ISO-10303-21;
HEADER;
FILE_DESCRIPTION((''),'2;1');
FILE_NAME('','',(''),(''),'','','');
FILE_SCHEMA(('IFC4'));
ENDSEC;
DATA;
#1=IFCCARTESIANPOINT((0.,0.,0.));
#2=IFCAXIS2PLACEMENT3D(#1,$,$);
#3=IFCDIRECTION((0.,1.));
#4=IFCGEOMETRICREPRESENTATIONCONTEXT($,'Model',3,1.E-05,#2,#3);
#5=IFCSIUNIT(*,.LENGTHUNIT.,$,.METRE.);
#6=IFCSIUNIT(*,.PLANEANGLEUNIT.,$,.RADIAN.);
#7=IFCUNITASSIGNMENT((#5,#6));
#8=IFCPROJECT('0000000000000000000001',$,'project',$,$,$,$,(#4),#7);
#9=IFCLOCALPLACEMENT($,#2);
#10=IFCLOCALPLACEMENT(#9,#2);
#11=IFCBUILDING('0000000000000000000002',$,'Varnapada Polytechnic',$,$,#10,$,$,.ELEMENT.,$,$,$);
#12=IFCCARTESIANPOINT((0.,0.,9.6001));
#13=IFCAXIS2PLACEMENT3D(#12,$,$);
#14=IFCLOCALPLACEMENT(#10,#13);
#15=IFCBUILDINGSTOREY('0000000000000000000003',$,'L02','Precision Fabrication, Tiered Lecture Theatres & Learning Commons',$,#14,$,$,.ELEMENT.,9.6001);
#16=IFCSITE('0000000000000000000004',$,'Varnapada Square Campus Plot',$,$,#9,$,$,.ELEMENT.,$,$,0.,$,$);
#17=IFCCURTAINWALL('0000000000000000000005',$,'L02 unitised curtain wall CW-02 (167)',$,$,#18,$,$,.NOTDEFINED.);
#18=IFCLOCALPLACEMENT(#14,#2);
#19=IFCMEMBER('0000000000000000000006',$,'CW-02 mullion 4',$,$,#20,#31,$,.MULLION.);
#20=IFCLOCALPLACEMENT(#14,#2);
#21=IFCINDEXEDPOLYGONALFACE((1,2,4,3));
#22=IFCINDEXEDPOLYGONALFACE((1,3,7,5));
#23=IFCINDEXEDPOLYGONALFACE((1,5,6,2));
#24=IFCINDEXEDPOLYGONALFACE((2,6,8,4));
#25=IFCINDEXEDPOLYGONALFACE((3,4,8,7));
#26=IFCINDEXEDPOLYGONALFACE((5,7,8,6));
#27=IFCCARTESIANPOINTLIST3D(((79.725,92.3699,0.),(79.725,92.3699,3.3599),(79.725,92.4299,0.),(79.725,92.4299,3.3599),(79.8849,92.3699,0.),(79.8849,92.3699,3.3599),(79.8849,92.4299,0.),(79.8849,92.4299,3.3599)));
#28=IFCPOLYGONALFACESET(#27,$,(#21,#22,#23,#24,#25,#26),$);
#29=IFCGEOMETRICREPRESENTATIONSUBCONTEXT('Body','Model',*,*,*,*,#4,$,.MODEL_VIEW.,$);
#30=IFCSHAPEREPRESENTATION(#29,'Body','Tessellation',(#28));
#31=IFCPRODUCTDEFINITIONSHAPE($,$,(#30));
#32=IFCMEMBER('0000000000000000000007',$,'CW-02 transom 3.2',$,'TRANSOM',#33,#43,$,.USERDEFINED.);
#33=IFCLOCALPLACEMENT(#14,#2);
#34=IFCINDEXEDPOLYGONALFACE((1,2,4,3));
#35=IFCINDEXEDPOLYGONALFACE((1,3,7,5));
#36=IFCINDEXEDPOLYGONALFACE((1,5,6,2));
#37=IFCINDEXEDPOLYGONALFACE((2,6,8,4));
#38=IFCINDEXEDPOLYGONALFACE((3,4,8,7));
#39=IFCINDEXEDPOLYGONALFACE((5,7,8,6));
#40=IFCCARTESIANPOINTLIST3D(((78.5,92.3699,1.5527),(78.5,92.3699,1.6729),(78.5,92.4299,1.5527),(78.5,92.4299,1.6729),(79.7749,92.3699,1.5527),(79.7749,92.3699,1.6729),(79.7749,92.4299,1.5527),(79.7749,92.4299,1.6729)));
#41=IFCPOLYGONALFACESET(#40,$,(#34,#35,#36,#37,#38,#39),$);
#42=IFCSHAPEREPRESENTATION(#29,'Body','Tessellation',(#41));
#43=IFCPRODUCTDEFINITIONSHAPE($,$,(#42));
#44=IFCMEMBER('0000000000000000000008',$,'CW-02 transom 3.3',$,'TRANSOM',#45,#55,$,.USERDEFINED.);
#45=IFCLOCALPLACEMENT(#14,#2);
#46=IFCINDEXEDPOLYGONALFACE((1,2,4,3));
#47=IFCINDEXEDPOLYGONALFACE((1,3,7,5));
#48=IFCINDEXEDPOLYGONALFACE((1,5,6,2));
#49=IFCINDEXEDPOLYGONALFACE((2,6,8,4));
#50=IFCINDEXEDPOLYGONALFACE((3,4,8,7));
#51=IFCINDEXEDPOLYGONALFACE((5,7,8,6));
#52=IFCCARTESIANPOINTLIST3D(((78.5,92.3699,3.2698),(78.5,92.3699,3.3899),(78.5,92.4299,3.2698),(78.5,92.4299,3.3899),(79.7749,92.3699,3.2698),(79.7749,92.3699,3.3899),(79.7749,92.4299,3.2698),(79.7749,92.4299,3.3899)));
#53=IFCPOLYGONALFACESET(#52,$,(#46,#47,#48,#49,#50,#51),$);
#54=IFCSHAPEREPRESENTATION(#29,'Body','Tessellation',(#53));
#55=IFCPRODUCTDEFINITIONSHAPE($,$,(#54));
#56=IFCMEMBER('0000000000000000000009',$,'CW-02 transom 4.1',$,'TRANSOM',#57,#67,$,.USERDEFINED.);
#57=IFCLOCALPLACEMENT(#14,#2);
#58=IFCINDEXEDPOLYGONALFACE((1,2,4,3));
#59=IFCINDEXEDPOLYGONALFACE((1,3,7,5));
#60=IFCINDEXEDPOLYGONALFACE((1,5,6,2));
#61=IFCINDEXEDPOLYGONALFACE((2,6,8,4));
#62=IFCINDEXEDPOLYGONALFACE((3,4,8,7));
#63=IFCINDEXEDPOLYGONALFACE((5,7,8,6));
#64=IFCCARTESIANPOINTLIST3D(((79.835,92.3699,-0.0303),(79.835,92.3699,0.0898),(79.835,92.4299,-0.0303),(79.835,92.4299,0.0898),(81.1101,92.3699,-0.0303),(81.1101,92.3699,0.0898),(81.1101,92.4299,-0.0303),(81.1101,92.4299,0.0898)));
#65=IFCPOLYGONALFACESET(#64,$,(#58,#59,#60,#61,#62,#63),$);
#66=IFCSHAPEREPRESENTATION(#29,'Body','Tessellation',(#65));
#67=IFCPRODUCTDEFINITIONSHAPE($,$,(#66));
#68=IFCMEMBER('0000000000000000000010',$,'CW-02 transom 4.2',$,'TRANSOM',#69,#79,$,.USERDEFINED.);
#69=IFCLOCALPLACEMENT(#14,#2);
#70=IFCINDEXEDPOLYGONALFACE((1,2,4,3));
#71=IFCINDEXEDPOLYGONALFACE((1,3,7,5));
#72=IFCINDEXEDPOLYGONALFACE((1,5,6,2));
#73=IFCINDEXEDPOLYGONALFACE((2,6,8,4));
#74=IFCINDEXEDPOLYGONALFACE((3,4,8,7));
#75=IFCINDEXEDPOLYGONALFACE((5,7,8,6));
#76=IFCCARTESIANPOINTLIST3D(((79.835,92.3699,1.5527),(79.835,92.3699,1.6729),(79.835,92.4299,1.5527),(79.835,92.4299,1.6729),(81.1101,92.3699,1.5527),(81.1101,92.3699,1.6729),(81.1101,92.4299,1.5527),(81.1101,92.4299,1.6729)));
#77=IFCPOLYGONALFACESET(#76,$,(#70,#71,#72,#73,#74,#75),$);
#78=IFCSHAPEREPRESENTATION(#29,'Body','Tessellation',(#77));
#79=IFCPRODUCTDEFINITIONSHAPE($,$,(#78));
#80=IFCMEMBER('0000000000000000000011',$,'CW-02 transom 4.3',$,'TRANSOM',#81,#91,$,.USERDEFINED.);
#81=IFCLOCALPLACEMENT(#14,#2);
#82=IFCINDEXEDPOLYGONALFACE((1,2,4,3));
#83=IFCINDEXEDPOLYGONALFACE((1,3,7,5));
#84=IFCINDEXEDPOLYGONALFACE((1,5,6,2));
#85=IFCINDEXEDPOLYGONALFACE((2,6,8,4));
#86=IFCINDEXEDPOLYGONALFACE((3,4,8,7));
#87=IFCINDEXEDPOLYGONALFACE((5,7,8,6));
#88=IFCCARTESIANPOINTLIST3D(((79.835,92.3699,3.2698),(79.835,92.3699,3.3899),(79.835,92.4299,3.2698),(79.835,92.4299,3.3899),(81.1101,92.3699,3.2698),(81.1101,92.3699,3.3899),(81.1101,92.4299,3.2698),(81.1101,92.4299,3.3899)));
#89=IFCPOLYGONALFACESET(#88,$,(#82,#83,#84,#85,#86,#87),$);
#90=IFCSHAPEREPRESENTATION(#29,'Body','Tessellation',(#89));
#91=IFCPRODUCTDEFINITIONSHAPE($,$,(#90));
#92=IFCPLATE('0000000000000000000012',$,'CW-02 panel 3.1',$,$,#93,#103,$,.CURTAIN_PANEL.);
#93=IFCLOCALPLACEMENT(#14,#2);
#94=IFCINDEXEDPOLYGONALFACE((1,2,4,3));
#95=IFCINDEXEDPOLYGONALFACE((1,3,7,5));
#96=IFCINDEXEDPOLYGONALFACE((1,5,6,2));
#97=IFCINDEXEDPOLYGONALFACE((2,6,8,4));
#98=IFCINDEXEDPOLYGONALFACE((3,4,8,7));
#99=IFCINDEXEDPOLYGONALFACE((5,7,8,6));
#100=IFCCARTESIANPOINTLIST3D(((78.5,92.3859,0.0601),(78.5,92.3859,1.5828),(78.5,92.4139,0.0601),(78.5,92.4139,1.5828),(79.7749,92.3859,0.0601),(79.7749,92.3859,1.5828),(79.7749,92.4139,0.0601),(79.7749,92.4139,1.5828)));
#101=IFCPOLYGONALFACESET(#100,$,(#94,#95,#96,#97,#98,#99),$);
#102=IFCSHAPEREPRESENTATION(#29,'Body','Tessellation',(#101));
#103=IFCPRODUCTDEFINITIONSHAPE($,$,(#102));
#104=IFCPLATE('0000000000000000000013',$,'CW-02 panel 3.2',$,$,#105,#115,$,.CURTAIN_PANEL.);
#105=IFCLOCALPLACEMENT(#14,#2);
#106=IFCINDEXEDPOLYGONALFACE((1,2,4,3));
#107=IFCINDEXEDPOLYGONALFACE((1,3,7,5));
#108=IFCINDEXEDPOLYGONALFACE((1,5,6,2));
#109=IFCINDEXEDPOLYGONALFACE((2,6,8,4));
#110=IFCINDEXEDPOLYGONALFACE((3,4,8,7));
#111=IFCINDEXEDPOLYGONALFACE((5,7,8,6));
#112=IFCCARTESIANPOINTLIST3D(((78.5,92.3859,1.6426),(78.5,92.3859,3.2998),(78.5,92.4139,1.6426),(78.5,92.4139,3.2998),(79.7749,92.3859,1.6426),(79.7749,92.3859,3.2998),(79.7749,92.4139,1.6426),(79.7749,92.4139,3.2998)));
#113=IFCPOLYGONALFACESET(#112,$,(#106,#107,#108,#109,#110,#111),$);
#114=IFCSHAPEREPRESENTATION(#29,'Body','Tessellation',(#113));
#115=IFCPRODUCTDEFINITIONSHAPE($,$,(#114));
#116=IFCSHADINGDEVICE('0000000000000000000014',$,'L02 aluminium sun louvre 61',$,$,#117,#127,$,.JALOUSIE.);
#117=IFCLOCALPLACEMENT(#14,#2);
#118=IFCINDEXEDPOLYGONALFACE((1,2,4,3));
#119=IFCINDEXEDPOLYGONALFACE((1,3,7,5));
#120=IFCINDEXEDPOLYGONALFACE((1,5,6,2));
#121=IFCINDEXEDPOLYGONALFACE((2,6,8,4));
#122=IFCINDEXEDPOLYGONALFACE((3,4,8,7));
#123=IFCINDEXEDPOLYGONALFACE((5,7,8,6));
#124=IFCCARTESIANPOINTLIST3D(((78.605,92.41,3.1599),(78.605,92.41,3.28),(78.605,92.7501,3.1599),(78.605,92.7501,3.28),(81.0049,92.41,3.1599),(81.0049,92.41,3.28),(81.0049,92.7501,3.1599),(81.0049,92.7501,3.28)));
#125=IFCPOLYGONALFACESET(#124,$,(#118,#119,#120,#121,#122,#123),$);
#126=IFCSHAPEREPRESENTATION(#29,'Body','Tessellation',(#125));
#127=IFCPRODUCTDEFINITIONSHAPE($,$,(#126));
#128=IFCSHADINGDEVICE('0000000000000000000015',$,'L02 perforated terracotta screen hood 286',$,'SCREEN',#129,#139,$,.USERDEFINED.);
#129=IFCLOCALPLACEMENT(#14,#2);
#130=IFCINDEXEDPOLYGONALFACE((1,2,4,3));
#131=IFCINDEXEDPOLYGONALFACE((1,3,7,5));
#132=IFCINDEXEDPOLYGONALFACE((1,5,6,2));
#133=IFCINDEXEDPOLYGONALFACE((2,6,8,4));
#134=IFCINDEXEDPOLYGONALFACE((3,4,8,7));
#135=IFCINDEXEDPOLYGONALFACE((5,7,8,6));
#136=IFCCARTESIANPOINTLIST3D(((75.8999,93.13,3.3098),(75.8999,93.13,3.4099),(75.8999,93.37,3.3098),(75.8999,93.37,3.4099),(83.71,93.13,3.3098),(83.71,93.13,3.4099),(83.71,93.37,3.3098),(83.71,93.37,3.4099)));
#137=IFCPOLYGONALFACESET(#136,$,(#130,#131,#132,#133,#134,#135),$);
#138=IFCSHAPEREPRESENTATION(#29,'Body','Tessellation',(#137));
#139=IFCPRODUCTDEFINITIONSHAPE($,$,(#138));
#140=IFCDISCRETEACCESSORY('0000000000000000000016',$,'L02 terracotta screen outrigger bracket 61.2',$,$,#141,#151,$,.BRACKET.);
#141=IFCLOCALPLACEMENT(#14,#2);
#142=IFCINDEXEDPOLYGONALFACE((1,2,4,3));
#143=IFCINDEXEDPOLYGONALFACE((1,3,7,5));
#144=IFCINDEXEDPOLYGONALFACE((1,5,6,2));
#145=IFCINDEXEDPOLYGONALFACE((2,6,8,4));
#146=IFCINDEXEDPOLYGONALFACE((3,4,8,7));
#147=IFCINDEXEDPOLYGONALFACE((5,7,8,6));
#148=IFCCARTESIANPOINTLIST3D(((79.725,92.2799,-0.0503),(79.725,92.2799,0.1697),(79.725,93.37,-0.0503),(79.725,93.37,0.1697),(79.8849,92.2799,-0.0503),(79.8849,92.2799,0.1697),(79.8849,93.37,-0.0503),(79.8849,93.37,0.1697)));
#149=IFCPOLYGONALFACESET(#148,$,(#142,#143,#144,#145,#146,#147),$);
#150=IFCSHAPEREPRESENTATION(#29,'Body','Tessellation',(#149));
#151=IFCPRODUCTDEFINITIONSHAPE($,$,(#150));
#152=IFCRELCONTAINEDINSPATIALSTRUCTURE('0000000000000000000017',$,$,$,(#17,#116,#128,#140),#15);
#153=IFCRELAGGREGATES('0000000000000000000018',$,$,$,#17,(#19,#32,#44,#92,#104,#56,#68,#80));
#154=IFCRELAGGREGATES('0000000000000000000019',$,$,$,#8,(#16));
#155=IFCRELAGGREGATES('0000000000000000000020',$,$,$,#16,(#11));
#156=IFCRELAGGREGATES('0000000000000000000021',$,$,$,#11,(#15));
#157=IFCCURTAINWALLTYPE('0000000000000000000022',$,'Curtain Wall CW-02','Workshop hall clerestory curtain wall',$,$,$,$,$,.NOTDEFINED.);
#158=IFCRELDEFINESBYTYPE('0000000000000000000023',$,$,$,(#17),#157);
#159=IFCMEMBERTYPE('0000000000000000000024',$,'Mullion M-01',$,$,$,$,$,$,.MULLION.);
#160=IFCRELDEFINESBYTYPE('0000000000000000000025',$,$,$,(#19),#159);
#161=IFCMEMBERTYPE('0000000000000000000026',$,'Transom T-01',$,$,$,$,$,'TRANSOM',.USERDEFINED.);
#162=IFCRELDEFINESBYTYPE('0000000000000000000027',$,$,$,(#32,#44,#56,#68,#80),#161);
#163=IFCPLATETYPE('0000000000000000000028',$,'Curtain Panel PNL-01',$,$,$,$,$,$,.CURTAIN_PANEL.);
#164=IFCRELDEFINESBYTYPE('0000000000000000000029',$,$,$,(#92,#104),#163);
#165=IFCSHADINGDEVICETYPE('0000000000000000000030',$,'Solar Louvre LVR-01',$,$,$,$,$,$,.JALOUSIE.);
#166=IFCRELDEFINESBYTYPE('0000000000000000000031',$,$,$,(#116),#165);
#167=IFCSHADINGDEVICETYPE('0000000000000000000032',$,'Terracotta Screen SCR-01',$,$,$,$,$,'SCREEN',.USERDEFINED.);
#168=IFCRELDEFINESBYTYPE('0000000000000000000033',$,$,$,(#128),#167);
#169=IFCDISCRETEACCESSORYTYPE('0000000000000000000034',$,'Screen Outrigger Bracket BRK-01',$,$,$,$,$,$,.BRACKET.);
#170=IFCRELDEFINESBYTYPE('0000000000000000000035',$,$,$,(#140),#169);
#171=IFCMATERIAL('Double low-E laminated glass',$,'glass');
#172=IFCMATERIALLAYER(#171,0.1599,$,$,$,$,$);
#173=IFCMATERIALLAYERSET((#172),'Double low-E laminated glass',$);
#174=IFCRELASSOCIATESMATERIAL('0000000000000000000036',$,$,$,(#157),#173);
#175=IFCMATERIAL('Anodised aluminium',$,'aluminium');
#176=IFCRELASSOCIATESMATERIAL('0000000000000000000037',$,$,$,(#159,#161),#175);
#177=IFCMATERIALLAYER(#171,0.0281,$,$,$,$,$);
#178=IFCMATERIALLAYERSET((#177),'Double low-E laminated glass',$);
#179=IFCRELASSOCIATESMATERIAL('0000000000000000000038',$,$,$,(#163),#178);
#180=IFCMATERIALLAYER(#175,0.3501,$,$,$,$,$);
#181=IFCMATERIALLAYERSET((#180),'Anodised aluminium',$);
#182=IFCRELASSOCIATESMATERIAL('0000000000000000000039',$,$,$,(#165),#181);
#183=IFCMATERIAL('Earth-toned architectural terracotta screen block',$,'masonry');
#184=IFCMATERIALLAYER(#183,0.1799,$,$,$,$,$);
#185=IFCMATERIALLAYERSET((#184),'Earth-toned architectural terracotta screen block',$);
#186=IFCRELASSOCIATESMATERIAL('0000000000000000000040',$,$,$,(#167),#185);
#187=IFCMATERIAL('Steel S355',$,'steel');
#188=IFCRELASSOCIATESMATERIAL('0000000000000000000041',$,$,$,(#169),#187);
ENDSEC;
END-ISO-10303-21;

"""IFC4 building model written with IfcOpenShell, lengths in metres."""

from ifc_helpers import new_model, si_unit, direction, frame, origin, origin_2d, place, context, subcontext, project, spatial, rectangle, extrude, material, layer, layer_set, material_profile, profile_set, type_object, element, aggregate, save


model = new_model("IFC4")

# Units and contexts
model_context = context("Model", 3, precision=1e-05, world=origin(), true_north=direction((0.0, 1.0)))
body_context = subcontext(model_context, "Body", "Model", "MODEL_VIEW")
ifc_project = project(units=[si_unit("LENGTHUNIT", "METRE"), si_unit("PLANEANGLEUNIT", "RADIAN")], contexts=[model_context])

# Site, building, storey
site_placement = place(None, origin())
site = spatial("IfcSite", under=ifc_project, at=site_placement, Name="Varnapada Square Campus Plot", CompositionType="ELEMENT", RefElevation=0.0)
building_placement = place(site_placement, origin())
building = spatial("IfcBuilding", under=site, at=building_placement, Name="Varnapada Polytechnic", CompositionType="ELEMENT")
storey_placement = place(building_placement, frame((0.0, 0.0, 9.6001)))
storey = spatial("IfcBuildingStorey", under=building, at=storey_placement, Name="L02", Description="Precision Fabrication, Tiered Lecture Theatres & Learning Commons", CompositionType="ELEMENT", Elevation=9.6001)

# Curtain wall, members, plates
ifc_material_1 = material(Name="Double low-E laminated glass", Category="glass")
ifc_layer_1 = layer(ifc_material_1, 0.1599)
ifc_layer_set_1 = layer_set([ifc_layer_1], Name="Double low-E laminated glass")
curtain_wall_type = type_object("IfcCurtainWallType", Name="Curtain Wall CW-02", Description="Workshop hall clerestory curtain wall", PredefinedType="NOTDEFINED", material=ifc_layer_set_1)
curtain_wall_placement = place(storey_placement, origin())
curtain_wall = element("IfcCurtainWall", 1, at=curtain_wall_placement, inside=storey, type_object=curtain_wall_type, Name="L02 unitised curtain wall CW-02 (167)", PredefinedType="NOTDEFINED")
ifc_material_2 = material(Name="Anodised aluminium", Category="aluminium")
ifc_material_profile_1 = material_profile(ifc_material_2, rectangle(XDim=0.0601, YDim=0.1599, at=origin_2d()), Name="ALU M60x160")
ifc_profile_set_1 = profile_set([ifc_material_profile_1], Name="Anodised aluminium")
member_type_1 = type_object("IfcMemberType", Name="Mullion M-01", PredefinedType="MULLION", material=ifc_profile_set_1)
member_1_placement = place(storey_placement, frame((79.8049, 92.3999, 0.0), z_axis=(0.0, 0.0, 1.0), x_axis=(0.0, 1.0, 0.0)))
member_1 = element("IfcMember", 2, at=member_1_placement, type_object=member_type_1, Name="CW-02 mullion 4", PredefinedType="MULLION", context=body_context, shape_type="SweptSolid", body=[
    extrude(rectangle(XDim=0.0601, YDim=0.1599, at=origin_2d()), origin(), (0.0, 0.0, 1.0), 3.3599),
])
ifc_material_profile_2 = material_profile(ifc_material_2, rectangle(XDim=0.0601, YDim=0.1201, at=origin_2d()), Name="ALU T60x120")
ifc_profile_set_2 = profile_set([ifc_material_profile_2], Name="Anodised aluminium")
member_type_2 = type_object("IfcMemberType", Name="Transom T-01", ElementType="TRANSOM", PredefinedType="USERDEFINED", material=ifc_profile_set_2)
member_2_placement = place(storey_placement, frame((78.5, 92.3999, 1.6128), z_axis=(1.0, 0.0, 0.0), x_axis=(0.0, 1.0, 0.0)))
member_2 = element("IfcMember", 3, at=member_2_placement, type_object=member_type_2, Name="CW-02 transom 3.2", ObjectType="TRANSOM", PredefinedType="USERDEFINED", context=body_context, shape_type="SweptSolid", body=[
    extrude(rectangle(XDim=0.0601, YDim=0.1201, at=origin_2d()), origin(), (0.0, 0.0, 1.0), 1.2749),
])
member_3_placement = place(storey_placement, frame((78.5, 92.3999, 3.3298), z_axis=(1.0, 0.0, 0.0), x_axis=(0.0, 1.0, 0.0)))
member_3 = element("IfcMember", 4, at=member_3_placement, type_object=member_type_2, Name="CW-02 transom 3.3", ObjectType="TRANSOM", PredefinedType="USERDEFINED", context=body_context, shape_type="SweptSolid", body=[
    extrude(rectangle(XDim=0.0601, YDim=0.1201, at=origin_2d()), origin(), (0.0, 0.0, 1.0), 1.2749),
])
member_4_placement = place(storey_placement, frame((79.835, 92.3999, 0.0298), z_axis=(1.0, 0.0, 0.0), x_axis=(0.0, 1.0, 0.0)))
member_4 = element("IfcMember", 5, at=member_4_placement, type_object=member_type_2, Name="CW-02 transom 4.1", ObjectType="TRANSOM", PredefinedType="USERDEFINED", context=body_context, shape_type="SweptSolid", body=[
    extrude(rectangle(XDim=0.0601, YDim=0.1201, at=origin_2d()), origin(), (0.0, 0.0, 1.0), 1.2751),
])
member_5_placement = place(storey_placement, frame((79.835, 92.3999, 1.6128), z_axis=(1.0, 0.0, 0.0), x_axis=(0.0, 1.0, 0.0)))
member_5 = element("IfcMember", 6, at=member_5_placement, type_object=member_type_2, Name="CW-02 transom 4.2", ObjectType="TRANSOM", PredefinedType="USERDEFINED", context=body_context, shape_type="SweptSolid", body=[
    extrude(rectangle(XDim=0.0601, YDim=0.1201, at=origin_2d()), origin(), (0.0, 0.0, 1.0), 1.2751),
])
member_6_placement = place(storey_placement, frame((79.835, 92.3999, 3.3298), z_axis=(1.0, 0.0, 0.0), x_axis=(0.0, 1.0, 0.0)))
member_6 = element("IfcMember", 7, at=member_6_placement, type_object=member_type_2, Name="CW-02 transom 4.3", ObjectType="TRANSOM", PredefinedType="USERDEFINED", context=body_context, shape_type="SweptSolid", body=[
    extrude(rectangle(XDim=0.0601, YDim=0.1201, at=origin_2d()), origin(), (0.0, 0.0, 1.0), 1.2751),
])
ifc_layer_2 = layer(ifc_material_1, 0.0281)
ifc_layer_set_2 = layer_set([ifc_layer_2], Name="Double low-E laminated glass")
plate_type = type_object("IfcPlateType", Name="Curtain Panel PNL-01", PredefinedType="CURTAIN_PANEL", material=ifc_layer_set_2)
plate_1_placement = place(storey_placement, frame((79.1375, 92.3999, 0.0601), z_axis=(0.0, 0.0, 1.0), x_axis=(1.0, 0.0, 0.0)))
plate_1 = element("IfcPlate", 8, at=plate_1_placement, type_object=plate_type, Name="CW-02 panel 3.1", PredefinedType="CURTAIN_PANEL", context=body_context, shape_type="SweptSolid", body=[
    extrude(rectangle(XDim=1.2749, YDim=0.0281, at=origin_2d()), origin(), (0.0, 0.0, 1.0), 1.5227),
])
plate_2_placement = place(storey_placement, frame((79.1375, 92.3999, 1.6426), z_axis=(0.0, 0.0, 1.0), x_axis=(1.0, 0.0, 0.0)))
plate_2 = element("IfcPlate", 9, at=plate_2_placement, type_object=plate_type, Name="CW-02 panel 3.2", PredefinedType="CURTAIN_PANEL", context=body_context, shape_type="SweptSolid", body=[
    extrude(rectangle(XDim=1.2749, YDim=0.0281, at=origin_2d()), origin(), (0.0, 0.0, 1.0), 1.6572),
])
aggregate(curtain_wall, [member_1, member_2, member_3, plate_1, plate_2, member_4, member_5, member_6])

# Shading devices
ifc_layer_3 = layer(ifc_material_2, 0.3501)
ifc_layer_set_3 = layer_set([ifc_layer_3], Name="Anodised aluminium")
shading_device_type_1 = type_object("IfcShadingDeviceType", Name="Solar Louvre LVR-01", PredefinedType="JALOUSIE", material=ifc_layer_set_3)
shading_device_1_placement = place(storey_placement, frame((79.8049, 92.5801, 3.1599), z_axis=(0.0, 0.0, 1.0), x_axis=(1.0, 0.0, 0.0)))
element("IfcShadingDevice", 10, at=shading_device_1_placement, inside=storey, type_object=shading_device_type_1, Name="L02 aluminium sun louvre 61", PredefinedType="JALOUSIE", context=body_context, shape_type="SweptSolid", body=[
    extrude(rectangle(XDim=2.3999, YDim=0.3401, at=origin_2d()), origin(), (0.0, 0.0, 1.0), 0.1201),
])
ifc_material_3 = material(Name="Earth-toned architectural terracotta screen block", Category="masonry")
ifc_layer_4 = layer(ifc_material_3, 0.1799)
ifc_layer_set_4 = layer_set([ifc_layer_4], Name="Earth-toned architectural terracotta screen block")
shading_device_type_2 = type_object("IfcShadingDeviceType", Name="Terracotta Screen SCR-01", ElementType="SCREEN", PredefinedType="USERDEFINED", material=ifc_layer_set_4)
shading_device_2_placement = place(storey_placement, frame((79.8049, 93.25, 3.3098), z_axis=(0.0, 0.0, 1.0), x_axis=(1.0, 0.0, 0.0)))
element("IfcShadingDevice", 11, at=shading_device_2_placement, inside=storey, type_object=shading_device_type_2, Name="L02 perforated terracotta screen hood 286", ObjectType="SCREEN", PredefinedType="USERDEFINED", context=body_context, shape_type="SweptSolid", body=[
    extrude(rectangle(XDim=7.8101, YDim=0.24, at=origin_2d()), origin(), (0.0, 0.0, 1.0), 0.1001),
])

# Discrete accessory
ifc_material_4 = material(Name="Steel S355", Category="steel")
discrete_accessory_type = type_object("IfcDiscreteAccessoryType", Name="Screen Outrigger Bracket BRK-01", PredefinedType="BRACKET", material=ifc_material_4)
discrete_accessory_placement = place(storey_placement, frame((79.8049, 92.825, -0.0503), z_axis=(0.0, 0.0, 1.0), x_axis=(1.0, 0.0, 0.0)))
element("IfcDiscreteAccessory", 12, at=discrete_accessory_placement, inside=storey, type_object=discrete_accessory_type, Name="L02 terracotta screen outrigger bracket 61.2", PredefinedType="BRACKET", context=body_context, shape_type="SweptSolid", body=[
    extrude(rectangle(XDim=0.1599, YDim=1.0901, at=origin_2d()), origin(), (0.0, 0.0, 1.0), 0.22),
])

save(model, "model.ifc")
